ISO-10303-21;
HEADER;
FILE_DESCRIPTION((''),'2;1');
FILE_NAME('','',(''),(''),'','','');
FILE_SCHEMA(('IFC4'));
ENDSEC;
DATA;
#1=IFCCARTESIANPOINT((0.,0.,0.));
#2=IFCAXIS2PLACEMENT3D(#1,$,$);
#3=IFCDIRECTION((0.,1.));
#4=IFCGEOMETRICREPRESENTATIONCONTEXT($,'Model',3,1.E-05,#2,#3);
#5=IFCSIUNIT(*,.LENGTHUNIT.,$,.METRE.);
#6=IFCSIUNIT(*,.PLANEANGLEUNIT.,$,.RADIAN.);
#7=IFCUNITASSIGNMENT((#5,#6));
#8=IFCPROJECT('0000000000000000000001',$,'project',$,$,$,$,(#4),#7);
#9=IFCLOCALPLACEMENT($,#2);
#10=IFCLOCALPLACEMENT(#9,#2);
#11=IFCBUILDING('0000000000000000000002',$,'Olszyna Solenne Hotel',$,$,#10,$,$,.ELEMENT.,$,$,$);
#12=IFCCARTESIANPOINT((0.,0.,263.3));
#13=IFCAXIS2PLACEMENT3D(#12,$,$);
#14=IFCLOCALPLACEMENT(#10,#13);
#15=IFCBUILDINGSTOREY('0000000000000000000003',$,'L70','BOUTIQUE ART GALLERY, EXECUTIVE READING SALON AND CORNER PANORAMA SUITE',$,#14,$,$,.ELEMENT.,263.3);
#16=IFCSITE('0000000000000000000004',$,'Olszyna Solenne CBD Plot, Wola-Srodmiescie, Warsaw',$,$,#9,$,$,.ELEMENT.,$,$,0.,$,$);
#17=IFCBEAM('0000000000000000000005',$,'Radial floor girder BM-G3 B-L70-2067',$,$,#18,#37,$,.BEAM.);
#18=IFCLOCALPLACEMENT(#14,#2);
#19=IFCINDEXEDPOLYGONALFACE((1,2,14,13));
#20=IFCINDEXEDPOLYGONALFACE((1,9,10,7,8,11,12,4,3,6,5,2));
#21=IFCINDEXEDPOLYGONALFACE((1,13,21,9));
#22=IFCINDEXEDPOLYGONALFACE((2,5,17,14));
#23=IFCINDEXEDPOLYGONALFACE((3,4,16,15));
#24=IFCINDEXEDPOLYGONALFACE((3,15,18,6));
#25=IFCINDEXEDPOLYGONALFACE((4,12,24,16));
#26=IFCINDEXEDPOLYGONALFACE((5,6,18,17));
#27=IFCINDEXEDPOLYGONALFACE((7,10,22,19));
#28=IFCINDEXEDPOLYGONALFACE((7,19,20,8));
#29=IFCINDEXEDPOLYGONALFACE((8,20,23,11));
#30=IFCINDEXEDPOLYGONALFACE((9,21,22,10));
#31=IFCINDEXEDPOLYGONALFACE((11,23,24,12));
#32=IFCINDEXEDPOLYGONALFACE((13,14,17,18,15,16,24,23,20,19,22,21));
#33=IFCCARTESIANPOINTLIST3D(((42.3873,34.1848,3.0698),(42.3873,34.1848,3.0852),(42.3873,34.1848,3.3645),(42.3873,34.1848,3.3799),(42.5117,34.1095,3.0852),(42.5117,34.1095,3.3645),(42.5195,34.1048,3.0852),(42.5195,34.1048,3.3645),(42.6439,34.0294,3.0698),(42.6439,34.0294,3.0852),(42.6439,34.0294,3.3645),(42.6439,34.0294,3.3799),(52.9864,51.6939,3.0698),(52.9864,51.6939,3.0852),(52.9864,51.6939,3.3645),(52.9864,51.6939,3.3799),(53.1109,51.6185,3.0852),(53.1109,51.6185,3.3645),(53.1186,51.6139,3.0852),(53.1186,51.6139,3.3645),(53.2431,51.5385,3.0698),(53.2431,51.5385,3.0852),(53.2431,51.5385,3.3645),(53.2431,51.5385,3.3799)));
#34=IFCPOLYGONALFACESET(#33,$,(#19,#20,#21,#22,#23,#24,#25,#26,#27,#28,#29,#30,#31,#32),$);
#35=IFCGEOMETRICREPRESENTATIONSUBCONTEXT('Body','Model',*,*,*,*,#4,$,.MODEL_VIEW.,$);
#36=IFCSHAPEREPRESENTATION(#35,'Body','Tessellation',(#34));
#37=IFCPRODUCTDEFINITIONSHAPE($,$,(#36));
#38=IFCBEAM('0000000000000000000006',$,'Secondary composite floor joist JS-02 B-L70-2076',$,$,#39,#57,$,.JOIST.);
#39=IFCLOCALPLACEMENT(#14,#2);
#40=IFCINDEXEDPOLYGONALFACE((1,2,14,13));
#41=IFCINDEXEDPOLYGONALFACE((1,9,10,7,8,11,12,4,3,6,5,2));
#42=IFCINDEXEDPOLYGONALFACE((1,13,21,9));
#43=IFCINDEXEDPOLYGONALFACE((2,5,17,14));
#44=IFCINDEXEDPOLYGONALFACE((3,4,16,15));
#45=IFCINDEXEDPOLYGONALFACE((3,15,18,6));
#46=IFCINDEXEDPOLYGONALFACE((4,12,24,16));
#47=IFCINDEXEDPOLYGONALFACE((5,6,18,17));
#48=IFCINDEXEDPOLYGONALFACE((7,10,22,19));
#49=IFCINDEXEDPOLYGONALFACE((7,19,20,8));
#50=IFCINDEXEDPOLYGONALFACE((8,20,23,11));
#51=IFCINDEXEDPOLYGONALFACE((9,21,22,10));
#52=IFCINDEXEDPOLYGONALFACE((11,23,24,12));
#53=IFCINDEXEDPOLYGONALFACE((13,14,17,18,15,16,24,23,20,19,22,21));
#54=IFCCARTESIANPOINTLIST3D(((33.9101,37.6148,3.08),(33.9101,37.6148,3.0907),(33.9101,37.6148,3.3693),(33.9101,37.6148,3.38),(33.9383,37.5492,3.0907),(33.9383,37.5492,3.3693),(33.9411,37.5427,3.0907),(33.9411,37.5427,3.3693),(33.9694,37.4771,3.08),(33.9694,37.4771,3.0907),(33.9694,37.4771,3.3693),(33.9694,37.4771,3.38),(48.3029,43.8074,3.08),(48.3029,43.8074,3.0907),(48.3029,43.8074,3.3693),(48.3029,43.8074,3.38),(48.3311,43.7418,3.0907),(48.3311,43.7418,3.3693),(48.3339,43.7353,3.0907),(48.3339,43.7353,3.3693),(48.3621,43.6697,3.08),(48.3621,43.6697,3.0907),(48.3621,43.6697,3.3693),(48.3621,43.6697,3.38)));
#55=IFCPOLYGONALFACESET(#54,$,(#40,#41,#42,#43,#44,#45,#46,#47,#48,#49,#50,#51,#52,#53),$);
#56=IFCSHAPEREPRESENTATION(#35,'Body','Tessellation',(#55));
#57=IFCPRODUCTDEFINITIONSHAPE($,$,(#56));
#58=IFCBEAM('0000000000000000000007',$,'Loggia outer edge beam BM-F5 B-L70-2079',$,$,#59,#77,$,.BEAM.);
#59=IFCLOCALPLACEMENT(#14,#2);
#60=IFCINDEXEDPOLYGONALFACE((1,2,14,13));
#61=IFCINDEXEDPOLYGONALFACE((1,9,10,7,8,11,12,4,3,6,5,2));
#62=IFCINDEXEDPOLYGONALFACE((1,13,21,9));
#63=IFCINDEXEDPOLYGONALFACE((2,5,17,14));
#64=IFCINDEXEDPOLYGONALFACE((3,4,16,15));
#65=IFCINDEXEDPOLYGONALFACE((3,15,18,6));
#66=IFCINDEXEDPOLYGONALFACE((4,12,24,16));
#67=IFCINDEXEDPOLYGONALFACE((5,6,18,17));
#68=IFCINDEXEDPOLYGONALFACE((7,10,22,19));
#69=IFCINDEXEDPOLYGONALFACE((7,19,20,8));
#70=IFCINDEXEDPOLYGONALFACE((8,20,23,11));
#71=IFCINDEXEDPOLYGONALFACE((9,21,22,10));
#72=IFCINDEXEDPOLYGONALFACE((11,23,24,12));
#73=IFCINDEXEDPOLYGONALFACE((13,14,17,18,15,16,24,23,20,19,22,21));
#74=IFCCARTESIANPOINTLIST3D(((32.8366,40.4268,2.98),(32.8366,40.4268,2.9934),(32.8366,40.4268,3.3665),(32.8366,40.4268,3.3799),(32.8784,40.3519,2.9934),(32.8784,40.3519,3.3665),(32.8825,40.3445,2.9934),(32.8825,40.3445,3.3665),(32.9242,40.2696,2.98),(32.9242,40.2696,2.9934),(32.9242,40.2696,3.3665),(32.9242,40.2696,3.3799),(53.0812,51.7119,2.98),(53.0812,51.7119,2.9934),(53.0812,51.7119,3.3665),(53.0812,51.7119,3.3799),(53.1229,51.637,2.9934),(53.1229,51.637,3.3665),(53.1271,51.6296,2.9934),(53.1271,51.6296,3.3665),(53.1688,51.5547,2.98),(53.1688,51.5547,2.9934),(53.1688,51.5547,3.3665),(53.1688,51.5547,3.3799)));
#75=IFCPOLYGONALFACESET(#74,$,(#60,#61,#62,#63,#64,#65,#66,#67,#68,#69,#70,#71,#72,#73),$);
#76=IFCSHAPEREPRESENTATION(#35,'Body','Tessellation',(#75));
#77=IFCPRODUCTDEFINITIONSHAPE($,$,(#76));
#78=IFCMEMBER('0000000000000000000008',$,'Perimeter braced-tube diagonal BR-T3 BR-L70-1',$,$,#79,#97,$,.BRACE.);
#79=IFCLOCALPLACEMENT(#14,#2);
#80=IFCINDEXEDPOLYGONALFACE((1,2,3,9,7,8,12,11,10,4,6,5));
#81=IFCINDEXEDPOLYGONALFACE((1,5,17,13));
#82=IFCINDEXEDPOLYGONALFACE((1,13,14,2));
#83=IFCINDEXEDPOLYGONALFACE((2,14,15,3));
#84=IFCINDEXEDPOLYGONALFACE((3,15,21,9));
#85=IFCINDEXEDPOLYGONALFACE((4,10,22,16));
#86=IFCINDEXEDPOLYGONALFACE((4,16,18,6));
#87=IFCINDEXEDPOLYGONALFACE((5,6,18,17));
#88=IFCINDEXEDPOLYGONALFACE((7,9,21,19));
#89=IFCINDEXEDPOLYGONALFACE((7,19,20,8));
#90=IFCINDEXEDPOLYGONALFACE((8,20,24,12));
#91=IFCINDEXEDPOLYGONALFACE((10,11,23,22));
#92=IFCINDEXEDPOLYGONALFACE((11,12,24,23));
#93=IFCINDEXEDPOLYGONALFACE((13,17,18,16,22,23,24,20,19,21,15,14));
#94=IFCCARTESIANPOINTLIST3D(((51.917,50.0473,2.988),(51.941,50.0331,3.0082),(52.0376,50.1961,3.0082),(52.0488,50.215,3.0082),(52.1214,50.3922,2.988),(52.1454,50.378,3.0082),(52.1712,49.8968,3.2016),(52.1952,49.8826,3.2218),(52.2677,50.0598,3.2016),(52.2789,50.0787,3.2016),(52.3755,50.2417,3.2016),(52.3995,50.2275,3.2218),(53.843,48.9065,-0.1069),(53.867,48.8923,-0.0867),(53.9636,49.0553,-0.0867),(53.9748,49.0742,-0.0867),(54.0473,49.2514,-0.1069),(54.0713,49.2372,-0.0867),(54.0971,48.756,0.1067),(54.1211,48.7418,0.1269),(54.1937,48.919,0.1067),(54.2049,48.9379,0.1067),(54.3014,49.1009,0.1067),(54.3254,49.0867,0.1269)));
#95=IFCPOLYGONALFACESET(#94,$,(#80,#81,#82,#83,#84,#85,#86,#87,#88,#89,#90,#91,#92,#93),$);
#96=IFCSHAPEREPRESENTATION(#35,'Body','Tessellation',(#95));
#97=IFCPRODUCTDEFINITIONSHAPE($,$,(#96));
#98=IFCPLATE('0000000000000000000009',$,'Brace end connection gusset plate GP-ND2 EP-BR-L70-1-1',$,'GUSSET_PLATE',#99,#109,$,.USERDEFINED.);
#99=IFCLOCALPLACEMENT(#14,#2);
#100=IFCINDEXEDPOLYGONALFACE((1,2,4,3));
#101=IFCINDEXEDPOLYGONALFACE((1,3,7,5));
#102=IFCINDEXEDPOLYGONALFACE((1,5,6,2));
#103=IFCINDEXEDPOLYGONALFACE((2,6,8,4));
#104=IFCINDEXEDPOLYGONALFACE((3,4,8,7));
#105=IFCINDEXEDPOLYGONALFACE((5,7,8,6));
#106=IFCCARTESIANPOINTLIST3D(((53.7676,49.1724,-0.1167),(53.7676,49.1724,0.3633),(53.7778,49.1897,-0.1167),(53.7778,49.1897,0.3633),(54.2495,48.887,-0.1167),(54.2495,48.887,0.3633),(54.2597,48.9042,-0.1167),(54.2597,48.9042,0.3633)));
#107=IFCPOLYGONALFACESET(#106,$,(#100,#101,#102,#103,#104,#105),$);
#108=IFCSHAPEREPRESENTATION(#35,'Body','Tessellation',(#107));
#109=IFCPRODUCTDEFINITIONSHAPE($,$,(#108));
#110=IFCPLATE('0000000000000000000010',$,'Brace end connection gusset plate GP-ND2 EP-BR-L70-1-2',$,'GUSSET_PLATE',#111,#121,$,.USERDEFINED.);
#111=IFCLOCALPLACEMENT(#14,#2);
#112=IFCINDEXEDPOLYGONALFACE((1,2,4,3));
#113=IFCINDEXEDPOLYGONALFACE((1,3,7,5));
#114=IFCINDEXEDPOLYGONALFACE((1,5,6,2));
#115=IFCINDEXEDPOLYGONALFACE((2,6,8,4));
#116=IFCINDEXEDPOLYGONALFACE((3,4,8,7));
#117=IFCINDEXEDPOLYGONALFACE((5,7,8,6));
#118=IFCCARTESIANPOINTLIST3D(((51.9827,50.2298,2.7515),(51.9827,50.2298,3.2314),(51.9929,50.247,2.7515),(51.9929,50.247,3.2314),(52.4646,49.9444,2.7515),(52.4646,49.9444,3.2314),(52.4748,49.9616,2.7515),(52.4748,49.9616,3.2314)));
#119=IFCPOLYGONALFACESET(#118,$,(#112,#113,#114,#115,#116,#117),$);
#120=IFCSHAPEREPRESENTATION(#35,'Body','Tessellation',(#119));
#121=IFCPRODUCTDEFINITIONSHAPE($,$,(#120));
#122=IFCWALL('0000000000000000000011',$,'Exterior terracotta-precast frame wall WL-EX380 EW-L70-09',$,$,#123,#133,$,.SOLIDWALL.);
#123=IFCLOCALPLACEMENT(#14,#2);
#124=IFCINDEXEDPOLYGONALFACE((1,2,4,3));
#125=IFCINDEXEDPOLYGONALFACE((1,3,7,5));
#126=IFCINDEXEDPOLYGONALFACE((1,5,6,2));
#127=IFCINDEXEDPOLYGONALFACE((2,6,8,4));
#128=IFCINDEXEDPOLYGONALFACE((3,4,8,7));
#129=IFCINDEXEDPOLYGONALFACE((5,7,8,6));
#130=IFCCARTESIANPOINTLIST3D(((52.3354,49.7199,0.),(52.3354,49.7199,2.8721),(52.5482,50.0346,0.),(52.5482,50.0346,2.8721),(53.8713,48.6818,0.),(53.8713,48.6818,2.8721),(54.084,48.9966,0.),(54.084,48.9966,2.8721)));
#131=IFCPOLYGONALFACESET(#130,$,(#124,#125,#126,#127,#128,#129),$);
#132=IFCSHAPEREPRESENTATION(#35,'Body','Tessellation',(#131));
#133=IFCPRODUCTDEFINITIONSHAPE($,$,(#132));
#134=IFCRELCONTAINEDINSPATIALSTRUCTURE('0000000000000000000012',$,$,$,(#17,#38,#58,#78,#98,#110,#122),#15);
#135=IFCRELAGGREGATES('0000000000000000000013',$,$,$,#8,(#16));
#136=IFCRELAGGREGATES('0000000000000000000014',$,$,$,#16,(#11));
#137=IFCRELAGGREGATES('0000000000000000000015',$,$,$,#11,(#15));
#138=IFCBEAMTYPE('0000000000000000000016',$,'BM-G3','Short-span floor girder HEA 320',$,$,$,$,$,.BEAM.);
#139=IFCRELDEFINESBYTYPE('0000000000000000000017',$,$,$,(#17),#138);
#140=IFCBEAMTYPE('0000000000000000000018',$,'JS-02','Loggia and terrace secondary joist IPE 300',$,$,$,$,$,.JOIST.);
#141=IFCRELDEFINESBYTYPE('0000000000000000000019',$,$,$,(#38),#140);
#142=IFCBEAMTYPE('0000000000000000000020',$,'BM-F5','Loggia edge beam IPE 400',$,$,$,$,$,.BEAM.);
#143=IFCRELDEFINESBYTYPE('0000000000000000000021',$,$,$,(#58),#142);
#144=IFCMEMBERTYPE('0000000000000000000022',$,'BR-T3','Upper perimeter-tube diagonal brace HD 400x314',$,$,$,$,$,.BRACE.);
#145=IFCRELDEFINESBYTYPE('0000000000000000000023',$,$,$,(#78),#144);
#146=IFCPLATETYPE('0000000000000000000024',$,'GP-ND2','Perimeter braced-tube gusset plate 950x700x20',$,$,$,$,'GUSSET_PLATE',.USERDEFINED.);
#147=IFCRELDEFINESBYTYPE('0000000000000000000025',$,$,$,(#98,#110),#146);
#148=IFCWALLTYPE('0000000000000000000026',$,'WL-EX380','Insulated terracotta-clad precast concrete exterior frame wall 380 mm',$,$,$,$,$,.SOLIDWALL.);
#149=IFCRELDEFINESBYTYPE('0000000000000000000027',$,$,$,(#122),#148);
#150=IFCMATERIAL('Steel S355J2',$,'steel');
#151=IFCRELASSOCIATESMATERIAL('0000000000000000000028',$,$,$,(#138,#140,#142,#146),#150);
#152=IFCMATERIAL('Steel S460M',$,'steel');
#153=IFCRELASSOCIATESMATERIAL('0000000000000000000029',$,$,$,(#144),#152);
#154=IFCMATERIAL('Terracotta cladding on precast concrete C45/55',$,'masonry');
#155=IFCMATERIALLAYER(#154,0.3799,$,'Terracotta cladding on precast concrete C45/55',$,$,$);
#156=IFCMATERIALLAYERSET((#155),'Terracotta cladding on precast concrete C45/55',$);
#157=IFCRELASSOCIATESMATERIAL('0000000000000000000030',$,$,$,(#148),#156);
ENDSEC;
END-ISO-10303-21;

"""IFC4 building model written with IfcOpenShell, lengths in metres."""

from ifc_helpers import new_model, si_unit, direction, frame, frame_2d, origin, origin_2d, place, context, subcontext, project, spatial, rectangle, i_section, extrude, source, transform, mapped, material, layer, layer_set, material_profile, profile_set, type_object, element, save


model = new_model("IFC4")

# Units and contexts
model_context = context("Model", 3, precision=1e-05, world=origin(), true_north=direction((0.0, 1.0)))
body_context = subcontext(model_context, "Body", "Model", "MODEL_VIEW")
ifc_project = project(units=[si_unit("LENGTHUNIT", "METRE"), si_unit("PLANEANGLEUNIT", "RADIAN")], contexts=[model_context])

# Site, building, storey
site_placement = place(None, origin())
site = spatial("IfcSite", under=ifc_project, at=site_placement, Name="Olszyna Solenne CBD Plot, Wola-Srodmiescie, Warsaw", CompositionType="ELEMENT", RefElevation=0.0)
building_placement = place(site_placement, origin())
building = spatial("IfcBuilding", under=site, at=building_placement, Name="Olszyna Solenne Hotel", CompositionType="ELEMENT")
storey_placement = place(building_placement, frame((0.0, 0.0, 263.3)))
storey = spatial("IfcBuildingStorey", under=building, at=storey_placement, Name="L70", Description="BOUTIQUE ART GALLERY, EXECUTIVE READING SALON AND CORNER PANORAMA SUITE", CompositionType="ELEMENT", Elevation=263.3)

# Shared definitions
ifc_material_1 = material(Name="Steel S460M", Category="steel")

# Beams
ifc_material_2 = material(Name="Steel S355J2", Category="steel")
ifc_material_profile_1 = material_profile(ifc_material_2, i_section(OverallWidth=0.3, OverallDepth=0.3101, WebThickness=0.009, FlangeThickness=0.0154, at=origin_2d()), Name="HEA 320", Category="load-bearing")
ifc_profile_set_1 = profile_set([ifc_material_profile_1], Name="Steel S355J2")
beam_type_1 = type_object("IfcBeamType", Name="BM-G3", Description="Short-span floor girder HEA 320", PredefinedType="BEAM", material=ifc_profile_set_1)
shared_shape_1 = source(origin(), body_context, "Body", "SweptSolid", [
    extrude(i_section(OverallWidth=0.3, OverallDepth=0.3101, WebThickness=0.009, FlangeThickness=0.0154, at=origin_2d()), origin(), (0.0, 0.0, 1.0), 20.4673),
])
beam_1_placement = place(storey_placement, frame((53.1147, 51.6162, 3.2249), z_axis=(-0.517858, -0.855467, 0.0), x_axis=(0.855467, -0.517858, 0.0)))
element("IfcBeam", 1, at=beam_1_placement, inside=storey, type_object=beam_type_1, Name="Radial floor girder BM-G3 B-L70-2067", PredefinedType="BEAM", context=body_context, shape_type="MappedRepresentation", body=[
    mapped(shared_shape_1, transform((0.0, 0.0, 0.0), x_axis=(1.0, 0.0, 0.0), y_axis=(0.0, 1.0, 0.0), z_axis=(0.0, 0.0, 1.0), scale=1.0)),
])
ifc_material_profile_2 = material_profile(ifc_material_2, i_section(OverallWidth=0.1499, OverallDepth=0.3, WebThickness=0.0071, FlangeThickness=0.0107, at=origin_2d()), Name="IPE 300", Category="load-bearing")
ifc_profile_set_2 = profile_set([ifc_material_profile_2], Name="Steel S355J2")
beam_type_2 = type_object("IfcBeamType", Name="JS-02", Description="Loggia and terrace secondary joist IPE 300", PredefinedType="JOIST", material=ifc_profile_set_2)
shared_shape_2 = source(origin(), body_context, "Body", "SweptSolid", [
    extrude(i_section(OverallWidth=0.1499, OverallDepth=0.3, WebThickness=0.0071, FlangeThickness=0.0107, at=origin_2d()), origin(), (0.0, 0.0, 1.0), 15.6685),
])
beam_2_placement = place(storey_placement, frame((48.3325, 43.7385, 3.23), z_axis=(-0.918583, -0.395228, 0.0), x_axis=(0.395228, -0.918583, 0.0)))
element("IfcBeam", 2, at=beam_2_placement, inside=storey, type_object=beam_type_2, Name="Secondary composite floor joist JS-02 B-L70-2076", PredefinedType="JOIST", context=body_context, shape_type="MappedRepresentation", body=[
    mapped(shared_shape_2, transform((0.0, 0.0, 0.0), x_axis=(1.0, 0.0, 0.0), y_axis=(0.0, 1.0, 0.0), z_axis=(0.0, 0.0, 1.0), scale=1.0)),
])
ifc_material_profile_3 = material_profile(ifc_material_2, i_section(OverallWidth=0.1799, OverallDepth=0.3999, WebThickness=0.0085, FlangeThickness=0.0134, at=origin_2d()), Name="IPE 400", Category="load-bearing")
ifc_profile_set_3 = profile_set([ifc_material_profile_3], Name="Steel S355J2")
beam_type_3 = type_object("IfcBeamType", Name="BM-F5", Description="Loggia edge beam IPE 400", PredefinedType="BEAM", material=ifc_profile_set_3)
shared_shape_3 = source(origin(), body_context, "Body", "SweptSolid", [
    extrude(i_section(OverallWidth=0.1799, OverallDepth=0.3999, WebThickness=0.0085, FlangeThickness=0.0134, at=origin_2d()), origin(), (0.0, 0.0, 1.0), 23.1775),
])
beam_3_placement = place(storey_placement, frame((53.125, 51.6333, 3.1799), z_axis=(-0.873458, -0.4869, 0.0), x_axis=(0.4869, -0.873458, 0.0)))
element("IfcBeam", 3, at=beam_3_placement, inside=storey, type_object=beam_type_3, Name="Loggia outer edge beam BM-F5 B-L70-2079", PredefinedType="BEAM", context=body_context, shape_type="MappedRepresentation", body=[
    mapped(shared_shape_3, transform((0.0, 0.0, 0.0), x_axis=(1.0, 0.0, 0.0), y_axis=(0.0, 1.0, 0.0), z_axis=(0.0, 0.0, 1.0), scale=1.0)),
])

# Member
ifc_material_profile_4 = material_profile(ifc_material_1, i_section(OverallWidth=0.4009, OverallDepth=0.3989, WebThickness=0.022, FlangeThickness=0.0344, at=origin_2d()), Name="HD 400x314", Category="load-bearing")
ifc_profile_set_4 = profile_set([ifc_material_profile_4], Name="Steel S460M")
member_type = type_object("IfcMemberType", Name="BR-T3", Description="Upper perimeter-tube diagonal brace HD 400x314", PredefinedType="BRACE", material=ifc_profile_set_4)
shared_shape_4 = source(origin(), body_context, "Body", "SweptSolid", [
    extrude(i_section(OverallWidth=0.4009, OverallDepth=0.3989, WebThickness=0.022, FlangeThickness=0.0344, at=origin_2d()), origin(), (0.0, 0.0, 1.0), 3.8196),
])
member_placement = place(storey_placement, frame((54.0842, 48.9966, 0.01), z_axis=(-0.504237, 0.298681, 0.810268), x_axis=(-0.509644, -0.860385, 0.0)))
element("IfcMember", 4, at=member_placement, inside=storey, type_object=member_type, Name="Perimeter braced-tube diagonal BR-T3 BR-L70-1", PredefinedType="BRACE", context=body_context, shape_type="MappedRepresentation", body=[
    mapped(shared_shape_4, transform((0.0, 0.0, 0.0), x_axis=(1.0, 0.0, 0.0), y_axis=(0.0, 1.0, 0.0), z_axis=(0.0, 0.0, 1.0), scale=1.0)),
])

# Plates
plate_type = type_object("IfcPlateType", Name="GP-ND2", Description="Perimeter braced-tube gusset plate 950x700x20", ElementType="GUSSET_PLATE", PredefinedType="USERDEFINED", material=ifc_material_2)
shared_shape_5 = source(origin(), body_context, "Body", "SweptSolid", [
    extrude(rectangle(XDim=0.5601, YDim=0.02, at=origin_2d()), origin(), (0.0, 0.0, 1.0), 0.48),
])
for number, where, z_axis, x_axis, name in (
    (5, (54.0137, 49.0383, -0.1167), (0.0, 0.0, 1.0), (-0.860386, 0.509642, 0.0), "Brace end connection gusset plate GP-ND2 EP-BR-L70-1-1"),
    (6, (52.2288, 50.0957, 2.7515), (0.0, 0.0, 1.0), (-0.860386, 0.509642, 0.0), "Brace end connection gusset plate GP-ND2 EP-BR-L70-1-2"),
):
    element("IfcPlate", number, at=place(storey_placement, frame(where, z_axis=z_axis, x_axis=x_axis)), inside=storey, type_object=plate_type, Name=name, ObjectType="GUSSET_PLATE", PredefinedType="USERDEFINED", context=body_context, shape_type="MappedRepresentation", body=[
        mapped(shared_shape_5, transform((0.0, 0.0, 0.0), x_axis=(1.0, 0.0, 0.0), y_axis=(0.0, 1.0, 0.0), z_axis=(0.0, 0.0, 1.0), scale=1.0)),
    ])

# Wall
ifc_material_3 = material(Name="Terracotta cladding on precast concrete C45/55", Category="masonry")
ifc_layer_1 = layer(ifc_material_3, 0.3799, Name="Terracotta cladding on precast concrete C45/55")
ifc_layer_set_1 = layer_set([ifc_layer_1], Name="Terracotta cladding on precast concrete C45/55")
wall_type_1 = type_object("IfcWallType", Name="WL-EX380", Description="Insulated terracotta-clad precast concrete exterior frame wall 380 mm", PredefinedType="SOLIDWALL", material=ifc_layer_set_1)
wall_1_placement = place(storey_placement, frame((52.4419, 49.8772, 0.0), z_axis=(0.0, 0.0, 1.0), x_axis=(0.828508, -0.559977, 0.0)))
element("IfcWall", 7, at=wall_1_placement, inside=storey, type_object=wall_type_1, Name="Exterior terracotta-precast frame wall WL-EX380 EW-L70-09", PredefinedType="SOLIDWALL", context=body_context, shape_type="SweptSolid", body=[
    extrude(rectangle(XDim=1.8538, YDim=0.3799, at=frame_2d((0.9268, 0.0))), origin(), (0.0, 0.0, 1.0), 2.8721),
])

save(model, "model.ifc")
